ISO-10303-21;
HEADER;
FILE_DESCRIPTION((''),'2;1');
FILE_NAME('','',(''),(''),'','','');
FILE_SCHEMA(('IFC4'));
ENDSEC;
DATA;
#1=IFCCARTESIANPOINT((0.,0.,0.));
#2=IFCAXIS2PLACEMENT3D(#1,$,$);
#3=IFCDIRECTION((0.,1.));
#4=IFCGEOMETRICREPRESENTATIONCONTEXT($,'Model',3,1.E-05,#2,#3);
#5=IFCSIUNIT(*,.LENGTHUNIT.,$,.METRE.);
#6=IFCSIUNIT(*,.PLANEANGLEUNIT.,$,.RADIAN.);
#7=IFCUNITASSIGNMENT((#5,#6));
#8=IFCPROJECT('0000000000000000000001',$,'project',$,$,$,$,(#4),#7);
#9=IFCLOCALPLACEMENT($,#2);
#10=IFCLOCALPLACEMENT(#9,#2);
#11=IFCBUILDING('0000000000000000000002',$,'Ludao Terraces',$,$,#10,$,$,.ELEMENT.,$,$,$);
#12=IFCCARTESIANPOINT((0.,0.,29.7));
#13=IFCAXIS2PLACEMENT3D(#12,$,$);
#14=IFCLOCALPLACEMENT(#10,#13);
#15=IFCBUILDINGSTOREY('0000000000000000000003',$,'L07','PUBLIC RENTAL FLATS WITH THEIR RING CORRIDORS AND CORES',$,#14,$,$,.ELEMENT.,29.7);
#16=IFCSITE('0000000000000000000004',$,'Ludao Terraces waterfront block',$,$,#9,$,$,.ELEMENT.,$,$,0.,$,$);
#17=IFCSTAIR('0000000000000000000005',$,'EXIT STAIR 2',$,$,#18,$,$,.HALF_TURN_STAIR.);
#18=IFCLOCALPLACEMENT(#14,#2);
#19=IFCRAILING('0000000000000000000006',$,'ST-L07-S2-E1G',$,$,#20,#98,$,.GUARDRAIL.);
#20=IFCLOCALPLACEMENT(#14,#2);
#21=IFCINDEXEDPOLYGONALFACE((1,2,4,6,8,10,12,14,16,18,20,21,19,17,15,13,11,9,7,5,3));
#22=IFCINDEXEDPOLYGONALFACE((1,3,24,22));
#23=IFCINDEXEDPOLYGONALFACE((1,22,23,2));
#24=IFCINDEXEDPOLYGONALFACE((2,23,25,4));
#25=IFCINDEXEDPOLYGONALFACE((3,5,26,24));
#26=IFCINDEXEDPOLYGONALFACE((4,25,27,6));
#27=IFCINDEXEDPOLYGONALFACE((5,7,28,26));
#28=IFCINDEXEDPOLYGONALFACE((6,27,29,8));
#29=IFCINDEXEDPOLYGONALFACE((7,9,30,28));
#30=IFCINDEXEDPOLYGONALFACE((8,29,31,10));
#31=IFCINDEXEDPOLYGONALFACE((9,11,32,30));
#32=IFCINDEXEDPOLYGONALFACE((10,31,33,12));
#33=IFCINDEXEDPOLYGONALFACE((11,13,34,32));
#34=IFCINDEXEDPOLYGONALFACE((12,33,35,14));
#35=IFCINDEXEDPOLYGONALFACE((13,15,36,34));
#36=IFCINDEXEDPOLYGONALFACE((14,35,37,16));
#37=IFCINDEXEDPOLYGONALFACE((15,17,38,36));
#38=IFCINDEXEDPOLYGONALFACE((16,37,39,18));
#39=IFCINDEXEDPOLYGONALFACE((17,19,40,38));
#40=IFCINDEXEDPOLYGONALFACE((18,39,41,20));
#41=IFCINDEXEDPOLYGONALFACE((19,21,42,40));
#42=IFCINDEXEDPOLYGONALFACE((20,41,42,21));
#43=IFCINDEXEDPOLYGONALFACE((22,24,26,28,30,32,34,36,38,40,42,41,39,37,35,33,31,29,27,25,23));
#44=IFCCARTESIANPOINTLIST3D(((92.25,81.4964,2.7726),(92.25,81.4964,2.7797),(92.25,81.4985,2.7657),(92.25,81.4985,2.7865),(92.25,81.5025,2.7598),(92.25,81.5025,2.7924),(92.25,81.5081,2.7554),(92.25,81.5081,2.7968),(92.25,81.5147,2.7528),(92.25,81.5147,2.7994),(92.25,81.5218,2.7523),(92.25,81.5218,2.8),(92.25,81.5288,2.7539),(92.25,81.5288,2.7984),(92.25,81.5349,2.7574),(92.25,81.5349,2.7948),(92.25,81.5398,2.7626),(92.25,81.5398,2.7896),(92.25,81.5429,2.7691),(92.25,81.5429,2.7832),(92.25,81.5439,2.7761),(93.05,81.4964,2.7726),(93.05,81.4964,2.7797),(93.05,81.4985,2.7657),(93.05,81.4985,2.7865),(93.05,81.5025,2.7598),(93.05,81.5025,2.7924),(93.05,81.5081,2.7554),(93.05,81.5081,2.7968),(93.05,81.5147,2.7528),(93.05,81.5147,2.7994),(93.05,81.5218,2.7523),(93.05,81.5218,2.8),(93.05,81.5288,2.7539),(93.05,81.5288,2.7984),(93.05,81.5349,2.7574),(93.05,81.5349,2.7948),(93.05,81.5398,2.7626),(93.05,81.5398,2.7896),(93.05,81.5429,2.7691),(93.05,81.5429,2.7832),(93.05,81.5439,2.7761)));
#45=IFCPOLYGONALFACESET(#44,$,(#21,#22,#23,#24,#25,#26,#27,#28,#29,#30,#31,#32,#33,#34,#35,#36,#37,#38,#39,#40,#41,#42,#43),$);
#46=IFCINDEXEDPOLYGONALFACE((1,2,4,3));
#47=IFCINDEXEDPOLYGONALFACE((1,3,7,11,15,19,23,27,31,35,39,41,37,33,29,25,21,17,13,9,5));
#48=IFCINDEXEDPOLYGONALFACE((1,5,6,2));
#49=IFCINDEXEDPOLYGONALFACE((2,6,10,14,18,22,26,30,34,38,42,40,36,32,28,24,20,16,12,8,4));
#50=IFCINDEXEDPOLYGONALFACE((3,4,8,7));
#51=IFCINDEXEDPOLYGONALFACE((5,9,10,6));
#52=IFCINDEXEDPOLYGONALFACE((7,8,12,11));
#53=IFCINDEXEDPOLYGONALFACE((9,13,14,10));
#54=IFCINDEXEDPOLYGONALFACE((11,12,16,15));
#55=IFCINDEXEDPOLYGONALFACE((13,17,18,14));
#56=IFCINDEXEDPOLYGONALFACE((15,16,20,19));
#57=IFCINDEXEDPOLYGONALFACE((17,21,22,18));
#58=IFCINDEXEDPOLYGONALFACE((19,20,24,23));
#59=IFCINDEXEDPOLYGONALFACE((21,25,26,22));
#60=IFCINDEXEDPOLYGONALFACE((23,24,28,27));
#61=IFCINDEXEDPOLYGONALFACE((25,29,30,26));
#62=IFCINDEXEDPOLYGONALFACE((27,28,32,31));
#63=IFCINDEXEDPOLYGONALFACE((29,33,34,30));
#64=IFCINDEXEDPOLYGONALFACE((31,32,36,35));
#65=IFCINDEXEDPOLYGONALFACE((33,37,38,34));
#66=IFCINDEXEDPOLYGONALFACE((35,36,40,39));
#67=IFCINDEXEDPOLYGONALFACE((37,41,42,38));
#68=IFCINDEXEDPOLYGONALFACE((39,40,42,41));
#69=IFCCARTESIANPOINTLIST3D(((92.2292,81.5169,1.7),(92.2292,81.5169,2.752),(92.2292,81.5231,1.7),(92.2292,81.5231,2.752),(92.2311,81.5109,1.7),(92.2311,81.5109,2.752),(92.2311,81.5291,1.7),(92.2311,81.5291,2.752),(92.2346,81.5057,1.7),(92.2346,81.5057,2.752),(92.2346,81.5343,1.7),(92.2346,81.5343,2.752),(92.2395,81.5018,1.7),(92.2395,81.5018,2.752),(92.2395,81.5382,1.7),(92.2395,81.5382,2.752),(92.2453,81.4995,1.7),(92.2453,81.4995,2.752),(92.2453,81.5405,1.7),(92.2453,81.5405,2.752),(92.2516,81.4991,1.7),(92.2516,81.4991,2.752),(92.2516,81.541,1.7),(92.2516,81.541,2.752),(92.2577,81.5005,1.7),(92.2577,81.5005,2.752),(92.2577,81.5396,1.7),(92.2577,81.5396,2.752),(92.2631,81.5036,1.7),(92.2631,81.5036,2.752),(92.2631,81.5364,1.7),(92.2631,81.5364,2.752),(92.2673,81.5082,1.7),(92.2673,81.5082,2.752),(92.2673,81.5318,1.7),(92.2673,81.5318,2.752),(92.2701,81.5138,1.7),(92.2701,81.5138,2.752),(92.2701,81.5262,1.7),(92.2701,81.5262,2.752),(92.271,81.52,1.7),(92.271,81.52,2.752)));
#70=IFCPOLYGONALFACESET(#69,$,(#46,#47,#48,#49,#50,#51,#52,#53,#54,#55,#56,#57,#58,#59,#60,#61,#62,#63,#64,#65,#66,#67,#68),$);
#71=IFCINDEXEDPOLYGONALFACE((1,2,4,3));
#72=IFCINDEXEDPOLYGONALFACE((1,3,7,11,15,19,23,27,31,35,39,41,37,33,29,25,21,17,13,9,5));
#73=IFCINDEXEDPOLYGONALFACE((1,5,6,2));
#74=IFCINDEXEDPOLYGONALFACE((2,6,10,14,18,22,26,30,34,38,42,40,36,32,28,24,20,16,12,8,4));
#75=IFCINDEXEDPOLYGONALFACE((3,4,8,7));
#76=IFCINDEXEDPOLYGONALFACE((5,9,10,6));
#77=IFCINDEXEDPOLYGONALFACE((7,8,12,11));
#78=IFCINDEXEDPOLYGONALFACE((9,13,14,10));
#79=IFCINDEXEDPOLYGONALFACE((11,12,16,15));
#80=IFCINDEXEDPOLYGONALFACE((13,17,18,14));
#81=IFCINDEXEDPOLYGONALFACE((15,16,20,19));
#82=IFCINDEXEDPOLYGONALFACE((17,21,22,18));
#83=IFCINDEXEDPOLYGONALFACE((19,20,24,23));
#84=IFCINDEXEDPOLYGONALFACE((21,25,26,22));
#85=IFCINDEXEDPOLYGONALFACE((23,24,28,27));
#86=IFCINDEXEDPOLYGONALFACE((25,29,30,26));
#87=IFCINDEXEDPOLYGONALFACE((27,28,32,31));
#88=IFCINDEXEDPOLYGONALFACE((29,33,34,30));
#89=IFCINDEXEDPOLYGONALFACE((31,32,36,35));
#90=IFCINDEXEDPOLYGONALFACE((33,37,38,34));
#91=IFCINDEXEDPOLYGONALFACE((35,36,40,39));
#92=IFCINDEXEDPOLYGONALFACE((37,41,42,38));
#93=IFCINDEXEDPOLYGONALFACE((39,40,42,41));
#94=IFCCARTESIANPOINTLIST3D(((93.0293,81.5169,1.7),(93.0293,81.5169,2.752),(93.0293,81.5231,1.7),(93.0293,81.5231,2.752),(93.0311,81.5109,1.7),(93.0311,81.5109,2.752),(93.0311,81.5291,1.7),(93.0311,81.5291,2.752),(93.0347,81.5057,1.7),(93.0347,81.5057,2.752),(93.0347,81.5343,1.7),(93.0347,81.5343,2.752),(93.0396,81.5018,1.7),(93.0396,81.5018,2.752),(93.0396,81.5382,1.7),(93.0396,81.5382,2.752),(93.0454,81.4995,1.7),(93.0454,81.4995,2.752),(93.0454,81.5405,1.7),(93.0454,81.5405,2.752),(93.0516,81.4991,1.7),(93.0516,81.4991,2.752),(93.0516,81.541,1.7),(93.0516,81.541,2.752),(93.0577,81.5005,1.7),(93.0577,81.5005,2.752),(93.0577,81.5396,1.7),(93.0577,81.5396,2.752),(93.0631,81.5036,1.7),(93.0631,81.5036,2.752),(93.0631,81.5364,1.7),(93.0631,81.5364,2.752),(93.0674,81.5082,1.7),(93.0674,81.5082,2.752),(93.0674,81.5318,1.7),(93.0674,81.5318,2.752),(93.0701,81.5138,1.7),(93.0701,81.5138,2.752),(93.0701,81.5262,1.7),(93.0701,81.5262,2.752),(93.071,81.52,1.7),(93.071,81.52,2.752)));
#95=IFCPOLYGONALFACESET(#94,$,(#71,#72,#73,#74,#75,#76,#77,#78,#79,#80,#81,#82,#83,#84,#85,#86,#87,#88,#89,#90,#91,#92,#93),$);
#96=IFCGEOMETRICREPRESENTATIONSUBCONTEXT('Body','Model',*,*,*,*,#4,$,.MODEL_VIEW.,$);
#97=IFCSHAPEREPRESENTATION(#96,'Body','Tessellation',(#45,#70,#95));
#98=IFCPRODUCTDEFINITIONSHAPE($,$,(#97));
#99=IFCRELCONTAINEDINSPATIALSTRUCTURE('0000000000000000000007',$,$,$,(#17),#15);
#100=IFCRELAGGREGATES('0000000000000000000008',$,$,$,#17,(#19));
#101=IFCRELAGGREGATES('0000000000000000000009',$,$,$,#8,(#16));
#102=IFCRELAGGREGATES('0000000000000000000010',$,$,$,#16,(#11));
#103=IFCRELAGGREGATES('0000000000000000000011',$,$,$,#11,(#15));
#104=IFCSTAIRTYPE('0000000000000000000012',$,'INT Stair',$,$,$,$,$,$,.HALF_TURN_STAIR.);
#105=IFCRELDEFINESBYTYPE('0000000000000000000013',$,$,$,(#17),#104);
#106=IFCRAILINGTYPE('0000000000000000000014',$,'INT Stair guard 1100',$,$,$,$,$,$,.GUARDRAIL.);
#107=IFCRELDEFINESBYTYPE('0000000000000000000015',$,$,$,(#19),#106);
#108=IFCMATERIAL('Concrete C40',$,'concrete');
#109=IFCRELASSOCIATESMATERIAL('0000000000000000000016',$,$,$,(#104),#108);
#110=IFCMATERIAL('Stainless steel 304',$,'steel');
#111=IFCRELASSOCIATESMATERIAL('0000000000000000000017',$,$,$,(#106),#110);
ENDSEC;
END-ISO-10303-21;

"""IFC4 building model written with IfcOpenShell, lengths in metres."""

from ifc_helpers import new_model, si_unit, direction, frame, origin, origin_2d, place, context, subcontext, project, spatial, circle, extrude, material, type_object, element, aggregate, save


model = new_model("IFC4")

# Units and contexts
model_context = context("Model", 3, precision=1e-05, world=origin(), true_north=direction((0.0, 1.0)))
body_context = subcontext(model_context, "Body", "Model", "MODEL_VIEW")
ifc_project = project(units=[si_unit("LENGTHUNIT", "METRE"), si_unit("PLANEANGLEUNIT", "RADIAN")], contexts=[model_context])

# Site, building, storey
site_placement = place(None, origin())
site = spatial("IfcSite", under=ifc_project, at=site_placement, Name="Ludao Terraces waterfront block", CompositionType="ELEMENT", RefElevation=0.0)
building_placement = place(site_placement, origin())
building = spatial("IfcBuilding", under=site, at=building_placement, Name="Ludao Terraces", CompositionType="ELEMENT")
storey_placement = place(building_placement, frame((0.0, 0.0, 29.7)))
storey = spatial("IfcBuildingStorey", under=building, at=storey_placement, Name="L07", Description="PUBLIC RENTAL FLATS WITH THEIR RING CORRIDORS AND CORES", CompositionType="ELEMENT", Elevation=29.7)

# Shared definitions
ifc_material_1 = material(Name="Concrete C40", Category="concrete")

# Stair, railing
stair_type = type_object("IfcStairType", Name="INT Stair", PredefinedType="HALF_TURN_STAIR", material=ifc_material_1)
stair_placement = place(storey_placement, origin())
stair = element("IfcStair", 1, at=stair_placement, inside=storey, type_object=stair_type, Name="EXIT STAIR 2", PredefinedType="HALF_TURN_STAIR")
ifc_material_2 = material(Name="Stainless steel 304", Category="steel")
railing_type_1 = type_object("IfcRailingType", Name="INT Stair guard 1100", PredefinedType="GUARDRAIL", material=ifc_material_2)
railing_1_placement = place(storey_placement, frame((92.25, 81.52, 1.7)))
railing_1 = element("IfcRailing", 2, at=railing_1_placement, type_object=railing_type_1, Name="ST-L07-S2-E1G", PredefinedType="GUARDRAIL", context=body_context, shape_type="SweptSolid", body=[
    extrude(circle(Radius=0.0239, at=origin_2d()), frame((0.0, 0.0, 1.0762), z_axis=(1.0, 0.0, 0.0), x_axis=(0.0, 1.0, 0.0)), (0.0, 0.0, 1.0), 0.8),
    extrude(circle(Radius=0.021, at=origin_2d()), origin(), (0.0, 0.0, 1.0), 1.052),
    extrude(circle(Radius=0.021, at=origin_2d()), frame((0.8, 0.0, 0.0)), (0.0, 0.0, 1.0), 1.052),
])
aggregate(stair, [railing_1])

save(model, "model.ifc")
